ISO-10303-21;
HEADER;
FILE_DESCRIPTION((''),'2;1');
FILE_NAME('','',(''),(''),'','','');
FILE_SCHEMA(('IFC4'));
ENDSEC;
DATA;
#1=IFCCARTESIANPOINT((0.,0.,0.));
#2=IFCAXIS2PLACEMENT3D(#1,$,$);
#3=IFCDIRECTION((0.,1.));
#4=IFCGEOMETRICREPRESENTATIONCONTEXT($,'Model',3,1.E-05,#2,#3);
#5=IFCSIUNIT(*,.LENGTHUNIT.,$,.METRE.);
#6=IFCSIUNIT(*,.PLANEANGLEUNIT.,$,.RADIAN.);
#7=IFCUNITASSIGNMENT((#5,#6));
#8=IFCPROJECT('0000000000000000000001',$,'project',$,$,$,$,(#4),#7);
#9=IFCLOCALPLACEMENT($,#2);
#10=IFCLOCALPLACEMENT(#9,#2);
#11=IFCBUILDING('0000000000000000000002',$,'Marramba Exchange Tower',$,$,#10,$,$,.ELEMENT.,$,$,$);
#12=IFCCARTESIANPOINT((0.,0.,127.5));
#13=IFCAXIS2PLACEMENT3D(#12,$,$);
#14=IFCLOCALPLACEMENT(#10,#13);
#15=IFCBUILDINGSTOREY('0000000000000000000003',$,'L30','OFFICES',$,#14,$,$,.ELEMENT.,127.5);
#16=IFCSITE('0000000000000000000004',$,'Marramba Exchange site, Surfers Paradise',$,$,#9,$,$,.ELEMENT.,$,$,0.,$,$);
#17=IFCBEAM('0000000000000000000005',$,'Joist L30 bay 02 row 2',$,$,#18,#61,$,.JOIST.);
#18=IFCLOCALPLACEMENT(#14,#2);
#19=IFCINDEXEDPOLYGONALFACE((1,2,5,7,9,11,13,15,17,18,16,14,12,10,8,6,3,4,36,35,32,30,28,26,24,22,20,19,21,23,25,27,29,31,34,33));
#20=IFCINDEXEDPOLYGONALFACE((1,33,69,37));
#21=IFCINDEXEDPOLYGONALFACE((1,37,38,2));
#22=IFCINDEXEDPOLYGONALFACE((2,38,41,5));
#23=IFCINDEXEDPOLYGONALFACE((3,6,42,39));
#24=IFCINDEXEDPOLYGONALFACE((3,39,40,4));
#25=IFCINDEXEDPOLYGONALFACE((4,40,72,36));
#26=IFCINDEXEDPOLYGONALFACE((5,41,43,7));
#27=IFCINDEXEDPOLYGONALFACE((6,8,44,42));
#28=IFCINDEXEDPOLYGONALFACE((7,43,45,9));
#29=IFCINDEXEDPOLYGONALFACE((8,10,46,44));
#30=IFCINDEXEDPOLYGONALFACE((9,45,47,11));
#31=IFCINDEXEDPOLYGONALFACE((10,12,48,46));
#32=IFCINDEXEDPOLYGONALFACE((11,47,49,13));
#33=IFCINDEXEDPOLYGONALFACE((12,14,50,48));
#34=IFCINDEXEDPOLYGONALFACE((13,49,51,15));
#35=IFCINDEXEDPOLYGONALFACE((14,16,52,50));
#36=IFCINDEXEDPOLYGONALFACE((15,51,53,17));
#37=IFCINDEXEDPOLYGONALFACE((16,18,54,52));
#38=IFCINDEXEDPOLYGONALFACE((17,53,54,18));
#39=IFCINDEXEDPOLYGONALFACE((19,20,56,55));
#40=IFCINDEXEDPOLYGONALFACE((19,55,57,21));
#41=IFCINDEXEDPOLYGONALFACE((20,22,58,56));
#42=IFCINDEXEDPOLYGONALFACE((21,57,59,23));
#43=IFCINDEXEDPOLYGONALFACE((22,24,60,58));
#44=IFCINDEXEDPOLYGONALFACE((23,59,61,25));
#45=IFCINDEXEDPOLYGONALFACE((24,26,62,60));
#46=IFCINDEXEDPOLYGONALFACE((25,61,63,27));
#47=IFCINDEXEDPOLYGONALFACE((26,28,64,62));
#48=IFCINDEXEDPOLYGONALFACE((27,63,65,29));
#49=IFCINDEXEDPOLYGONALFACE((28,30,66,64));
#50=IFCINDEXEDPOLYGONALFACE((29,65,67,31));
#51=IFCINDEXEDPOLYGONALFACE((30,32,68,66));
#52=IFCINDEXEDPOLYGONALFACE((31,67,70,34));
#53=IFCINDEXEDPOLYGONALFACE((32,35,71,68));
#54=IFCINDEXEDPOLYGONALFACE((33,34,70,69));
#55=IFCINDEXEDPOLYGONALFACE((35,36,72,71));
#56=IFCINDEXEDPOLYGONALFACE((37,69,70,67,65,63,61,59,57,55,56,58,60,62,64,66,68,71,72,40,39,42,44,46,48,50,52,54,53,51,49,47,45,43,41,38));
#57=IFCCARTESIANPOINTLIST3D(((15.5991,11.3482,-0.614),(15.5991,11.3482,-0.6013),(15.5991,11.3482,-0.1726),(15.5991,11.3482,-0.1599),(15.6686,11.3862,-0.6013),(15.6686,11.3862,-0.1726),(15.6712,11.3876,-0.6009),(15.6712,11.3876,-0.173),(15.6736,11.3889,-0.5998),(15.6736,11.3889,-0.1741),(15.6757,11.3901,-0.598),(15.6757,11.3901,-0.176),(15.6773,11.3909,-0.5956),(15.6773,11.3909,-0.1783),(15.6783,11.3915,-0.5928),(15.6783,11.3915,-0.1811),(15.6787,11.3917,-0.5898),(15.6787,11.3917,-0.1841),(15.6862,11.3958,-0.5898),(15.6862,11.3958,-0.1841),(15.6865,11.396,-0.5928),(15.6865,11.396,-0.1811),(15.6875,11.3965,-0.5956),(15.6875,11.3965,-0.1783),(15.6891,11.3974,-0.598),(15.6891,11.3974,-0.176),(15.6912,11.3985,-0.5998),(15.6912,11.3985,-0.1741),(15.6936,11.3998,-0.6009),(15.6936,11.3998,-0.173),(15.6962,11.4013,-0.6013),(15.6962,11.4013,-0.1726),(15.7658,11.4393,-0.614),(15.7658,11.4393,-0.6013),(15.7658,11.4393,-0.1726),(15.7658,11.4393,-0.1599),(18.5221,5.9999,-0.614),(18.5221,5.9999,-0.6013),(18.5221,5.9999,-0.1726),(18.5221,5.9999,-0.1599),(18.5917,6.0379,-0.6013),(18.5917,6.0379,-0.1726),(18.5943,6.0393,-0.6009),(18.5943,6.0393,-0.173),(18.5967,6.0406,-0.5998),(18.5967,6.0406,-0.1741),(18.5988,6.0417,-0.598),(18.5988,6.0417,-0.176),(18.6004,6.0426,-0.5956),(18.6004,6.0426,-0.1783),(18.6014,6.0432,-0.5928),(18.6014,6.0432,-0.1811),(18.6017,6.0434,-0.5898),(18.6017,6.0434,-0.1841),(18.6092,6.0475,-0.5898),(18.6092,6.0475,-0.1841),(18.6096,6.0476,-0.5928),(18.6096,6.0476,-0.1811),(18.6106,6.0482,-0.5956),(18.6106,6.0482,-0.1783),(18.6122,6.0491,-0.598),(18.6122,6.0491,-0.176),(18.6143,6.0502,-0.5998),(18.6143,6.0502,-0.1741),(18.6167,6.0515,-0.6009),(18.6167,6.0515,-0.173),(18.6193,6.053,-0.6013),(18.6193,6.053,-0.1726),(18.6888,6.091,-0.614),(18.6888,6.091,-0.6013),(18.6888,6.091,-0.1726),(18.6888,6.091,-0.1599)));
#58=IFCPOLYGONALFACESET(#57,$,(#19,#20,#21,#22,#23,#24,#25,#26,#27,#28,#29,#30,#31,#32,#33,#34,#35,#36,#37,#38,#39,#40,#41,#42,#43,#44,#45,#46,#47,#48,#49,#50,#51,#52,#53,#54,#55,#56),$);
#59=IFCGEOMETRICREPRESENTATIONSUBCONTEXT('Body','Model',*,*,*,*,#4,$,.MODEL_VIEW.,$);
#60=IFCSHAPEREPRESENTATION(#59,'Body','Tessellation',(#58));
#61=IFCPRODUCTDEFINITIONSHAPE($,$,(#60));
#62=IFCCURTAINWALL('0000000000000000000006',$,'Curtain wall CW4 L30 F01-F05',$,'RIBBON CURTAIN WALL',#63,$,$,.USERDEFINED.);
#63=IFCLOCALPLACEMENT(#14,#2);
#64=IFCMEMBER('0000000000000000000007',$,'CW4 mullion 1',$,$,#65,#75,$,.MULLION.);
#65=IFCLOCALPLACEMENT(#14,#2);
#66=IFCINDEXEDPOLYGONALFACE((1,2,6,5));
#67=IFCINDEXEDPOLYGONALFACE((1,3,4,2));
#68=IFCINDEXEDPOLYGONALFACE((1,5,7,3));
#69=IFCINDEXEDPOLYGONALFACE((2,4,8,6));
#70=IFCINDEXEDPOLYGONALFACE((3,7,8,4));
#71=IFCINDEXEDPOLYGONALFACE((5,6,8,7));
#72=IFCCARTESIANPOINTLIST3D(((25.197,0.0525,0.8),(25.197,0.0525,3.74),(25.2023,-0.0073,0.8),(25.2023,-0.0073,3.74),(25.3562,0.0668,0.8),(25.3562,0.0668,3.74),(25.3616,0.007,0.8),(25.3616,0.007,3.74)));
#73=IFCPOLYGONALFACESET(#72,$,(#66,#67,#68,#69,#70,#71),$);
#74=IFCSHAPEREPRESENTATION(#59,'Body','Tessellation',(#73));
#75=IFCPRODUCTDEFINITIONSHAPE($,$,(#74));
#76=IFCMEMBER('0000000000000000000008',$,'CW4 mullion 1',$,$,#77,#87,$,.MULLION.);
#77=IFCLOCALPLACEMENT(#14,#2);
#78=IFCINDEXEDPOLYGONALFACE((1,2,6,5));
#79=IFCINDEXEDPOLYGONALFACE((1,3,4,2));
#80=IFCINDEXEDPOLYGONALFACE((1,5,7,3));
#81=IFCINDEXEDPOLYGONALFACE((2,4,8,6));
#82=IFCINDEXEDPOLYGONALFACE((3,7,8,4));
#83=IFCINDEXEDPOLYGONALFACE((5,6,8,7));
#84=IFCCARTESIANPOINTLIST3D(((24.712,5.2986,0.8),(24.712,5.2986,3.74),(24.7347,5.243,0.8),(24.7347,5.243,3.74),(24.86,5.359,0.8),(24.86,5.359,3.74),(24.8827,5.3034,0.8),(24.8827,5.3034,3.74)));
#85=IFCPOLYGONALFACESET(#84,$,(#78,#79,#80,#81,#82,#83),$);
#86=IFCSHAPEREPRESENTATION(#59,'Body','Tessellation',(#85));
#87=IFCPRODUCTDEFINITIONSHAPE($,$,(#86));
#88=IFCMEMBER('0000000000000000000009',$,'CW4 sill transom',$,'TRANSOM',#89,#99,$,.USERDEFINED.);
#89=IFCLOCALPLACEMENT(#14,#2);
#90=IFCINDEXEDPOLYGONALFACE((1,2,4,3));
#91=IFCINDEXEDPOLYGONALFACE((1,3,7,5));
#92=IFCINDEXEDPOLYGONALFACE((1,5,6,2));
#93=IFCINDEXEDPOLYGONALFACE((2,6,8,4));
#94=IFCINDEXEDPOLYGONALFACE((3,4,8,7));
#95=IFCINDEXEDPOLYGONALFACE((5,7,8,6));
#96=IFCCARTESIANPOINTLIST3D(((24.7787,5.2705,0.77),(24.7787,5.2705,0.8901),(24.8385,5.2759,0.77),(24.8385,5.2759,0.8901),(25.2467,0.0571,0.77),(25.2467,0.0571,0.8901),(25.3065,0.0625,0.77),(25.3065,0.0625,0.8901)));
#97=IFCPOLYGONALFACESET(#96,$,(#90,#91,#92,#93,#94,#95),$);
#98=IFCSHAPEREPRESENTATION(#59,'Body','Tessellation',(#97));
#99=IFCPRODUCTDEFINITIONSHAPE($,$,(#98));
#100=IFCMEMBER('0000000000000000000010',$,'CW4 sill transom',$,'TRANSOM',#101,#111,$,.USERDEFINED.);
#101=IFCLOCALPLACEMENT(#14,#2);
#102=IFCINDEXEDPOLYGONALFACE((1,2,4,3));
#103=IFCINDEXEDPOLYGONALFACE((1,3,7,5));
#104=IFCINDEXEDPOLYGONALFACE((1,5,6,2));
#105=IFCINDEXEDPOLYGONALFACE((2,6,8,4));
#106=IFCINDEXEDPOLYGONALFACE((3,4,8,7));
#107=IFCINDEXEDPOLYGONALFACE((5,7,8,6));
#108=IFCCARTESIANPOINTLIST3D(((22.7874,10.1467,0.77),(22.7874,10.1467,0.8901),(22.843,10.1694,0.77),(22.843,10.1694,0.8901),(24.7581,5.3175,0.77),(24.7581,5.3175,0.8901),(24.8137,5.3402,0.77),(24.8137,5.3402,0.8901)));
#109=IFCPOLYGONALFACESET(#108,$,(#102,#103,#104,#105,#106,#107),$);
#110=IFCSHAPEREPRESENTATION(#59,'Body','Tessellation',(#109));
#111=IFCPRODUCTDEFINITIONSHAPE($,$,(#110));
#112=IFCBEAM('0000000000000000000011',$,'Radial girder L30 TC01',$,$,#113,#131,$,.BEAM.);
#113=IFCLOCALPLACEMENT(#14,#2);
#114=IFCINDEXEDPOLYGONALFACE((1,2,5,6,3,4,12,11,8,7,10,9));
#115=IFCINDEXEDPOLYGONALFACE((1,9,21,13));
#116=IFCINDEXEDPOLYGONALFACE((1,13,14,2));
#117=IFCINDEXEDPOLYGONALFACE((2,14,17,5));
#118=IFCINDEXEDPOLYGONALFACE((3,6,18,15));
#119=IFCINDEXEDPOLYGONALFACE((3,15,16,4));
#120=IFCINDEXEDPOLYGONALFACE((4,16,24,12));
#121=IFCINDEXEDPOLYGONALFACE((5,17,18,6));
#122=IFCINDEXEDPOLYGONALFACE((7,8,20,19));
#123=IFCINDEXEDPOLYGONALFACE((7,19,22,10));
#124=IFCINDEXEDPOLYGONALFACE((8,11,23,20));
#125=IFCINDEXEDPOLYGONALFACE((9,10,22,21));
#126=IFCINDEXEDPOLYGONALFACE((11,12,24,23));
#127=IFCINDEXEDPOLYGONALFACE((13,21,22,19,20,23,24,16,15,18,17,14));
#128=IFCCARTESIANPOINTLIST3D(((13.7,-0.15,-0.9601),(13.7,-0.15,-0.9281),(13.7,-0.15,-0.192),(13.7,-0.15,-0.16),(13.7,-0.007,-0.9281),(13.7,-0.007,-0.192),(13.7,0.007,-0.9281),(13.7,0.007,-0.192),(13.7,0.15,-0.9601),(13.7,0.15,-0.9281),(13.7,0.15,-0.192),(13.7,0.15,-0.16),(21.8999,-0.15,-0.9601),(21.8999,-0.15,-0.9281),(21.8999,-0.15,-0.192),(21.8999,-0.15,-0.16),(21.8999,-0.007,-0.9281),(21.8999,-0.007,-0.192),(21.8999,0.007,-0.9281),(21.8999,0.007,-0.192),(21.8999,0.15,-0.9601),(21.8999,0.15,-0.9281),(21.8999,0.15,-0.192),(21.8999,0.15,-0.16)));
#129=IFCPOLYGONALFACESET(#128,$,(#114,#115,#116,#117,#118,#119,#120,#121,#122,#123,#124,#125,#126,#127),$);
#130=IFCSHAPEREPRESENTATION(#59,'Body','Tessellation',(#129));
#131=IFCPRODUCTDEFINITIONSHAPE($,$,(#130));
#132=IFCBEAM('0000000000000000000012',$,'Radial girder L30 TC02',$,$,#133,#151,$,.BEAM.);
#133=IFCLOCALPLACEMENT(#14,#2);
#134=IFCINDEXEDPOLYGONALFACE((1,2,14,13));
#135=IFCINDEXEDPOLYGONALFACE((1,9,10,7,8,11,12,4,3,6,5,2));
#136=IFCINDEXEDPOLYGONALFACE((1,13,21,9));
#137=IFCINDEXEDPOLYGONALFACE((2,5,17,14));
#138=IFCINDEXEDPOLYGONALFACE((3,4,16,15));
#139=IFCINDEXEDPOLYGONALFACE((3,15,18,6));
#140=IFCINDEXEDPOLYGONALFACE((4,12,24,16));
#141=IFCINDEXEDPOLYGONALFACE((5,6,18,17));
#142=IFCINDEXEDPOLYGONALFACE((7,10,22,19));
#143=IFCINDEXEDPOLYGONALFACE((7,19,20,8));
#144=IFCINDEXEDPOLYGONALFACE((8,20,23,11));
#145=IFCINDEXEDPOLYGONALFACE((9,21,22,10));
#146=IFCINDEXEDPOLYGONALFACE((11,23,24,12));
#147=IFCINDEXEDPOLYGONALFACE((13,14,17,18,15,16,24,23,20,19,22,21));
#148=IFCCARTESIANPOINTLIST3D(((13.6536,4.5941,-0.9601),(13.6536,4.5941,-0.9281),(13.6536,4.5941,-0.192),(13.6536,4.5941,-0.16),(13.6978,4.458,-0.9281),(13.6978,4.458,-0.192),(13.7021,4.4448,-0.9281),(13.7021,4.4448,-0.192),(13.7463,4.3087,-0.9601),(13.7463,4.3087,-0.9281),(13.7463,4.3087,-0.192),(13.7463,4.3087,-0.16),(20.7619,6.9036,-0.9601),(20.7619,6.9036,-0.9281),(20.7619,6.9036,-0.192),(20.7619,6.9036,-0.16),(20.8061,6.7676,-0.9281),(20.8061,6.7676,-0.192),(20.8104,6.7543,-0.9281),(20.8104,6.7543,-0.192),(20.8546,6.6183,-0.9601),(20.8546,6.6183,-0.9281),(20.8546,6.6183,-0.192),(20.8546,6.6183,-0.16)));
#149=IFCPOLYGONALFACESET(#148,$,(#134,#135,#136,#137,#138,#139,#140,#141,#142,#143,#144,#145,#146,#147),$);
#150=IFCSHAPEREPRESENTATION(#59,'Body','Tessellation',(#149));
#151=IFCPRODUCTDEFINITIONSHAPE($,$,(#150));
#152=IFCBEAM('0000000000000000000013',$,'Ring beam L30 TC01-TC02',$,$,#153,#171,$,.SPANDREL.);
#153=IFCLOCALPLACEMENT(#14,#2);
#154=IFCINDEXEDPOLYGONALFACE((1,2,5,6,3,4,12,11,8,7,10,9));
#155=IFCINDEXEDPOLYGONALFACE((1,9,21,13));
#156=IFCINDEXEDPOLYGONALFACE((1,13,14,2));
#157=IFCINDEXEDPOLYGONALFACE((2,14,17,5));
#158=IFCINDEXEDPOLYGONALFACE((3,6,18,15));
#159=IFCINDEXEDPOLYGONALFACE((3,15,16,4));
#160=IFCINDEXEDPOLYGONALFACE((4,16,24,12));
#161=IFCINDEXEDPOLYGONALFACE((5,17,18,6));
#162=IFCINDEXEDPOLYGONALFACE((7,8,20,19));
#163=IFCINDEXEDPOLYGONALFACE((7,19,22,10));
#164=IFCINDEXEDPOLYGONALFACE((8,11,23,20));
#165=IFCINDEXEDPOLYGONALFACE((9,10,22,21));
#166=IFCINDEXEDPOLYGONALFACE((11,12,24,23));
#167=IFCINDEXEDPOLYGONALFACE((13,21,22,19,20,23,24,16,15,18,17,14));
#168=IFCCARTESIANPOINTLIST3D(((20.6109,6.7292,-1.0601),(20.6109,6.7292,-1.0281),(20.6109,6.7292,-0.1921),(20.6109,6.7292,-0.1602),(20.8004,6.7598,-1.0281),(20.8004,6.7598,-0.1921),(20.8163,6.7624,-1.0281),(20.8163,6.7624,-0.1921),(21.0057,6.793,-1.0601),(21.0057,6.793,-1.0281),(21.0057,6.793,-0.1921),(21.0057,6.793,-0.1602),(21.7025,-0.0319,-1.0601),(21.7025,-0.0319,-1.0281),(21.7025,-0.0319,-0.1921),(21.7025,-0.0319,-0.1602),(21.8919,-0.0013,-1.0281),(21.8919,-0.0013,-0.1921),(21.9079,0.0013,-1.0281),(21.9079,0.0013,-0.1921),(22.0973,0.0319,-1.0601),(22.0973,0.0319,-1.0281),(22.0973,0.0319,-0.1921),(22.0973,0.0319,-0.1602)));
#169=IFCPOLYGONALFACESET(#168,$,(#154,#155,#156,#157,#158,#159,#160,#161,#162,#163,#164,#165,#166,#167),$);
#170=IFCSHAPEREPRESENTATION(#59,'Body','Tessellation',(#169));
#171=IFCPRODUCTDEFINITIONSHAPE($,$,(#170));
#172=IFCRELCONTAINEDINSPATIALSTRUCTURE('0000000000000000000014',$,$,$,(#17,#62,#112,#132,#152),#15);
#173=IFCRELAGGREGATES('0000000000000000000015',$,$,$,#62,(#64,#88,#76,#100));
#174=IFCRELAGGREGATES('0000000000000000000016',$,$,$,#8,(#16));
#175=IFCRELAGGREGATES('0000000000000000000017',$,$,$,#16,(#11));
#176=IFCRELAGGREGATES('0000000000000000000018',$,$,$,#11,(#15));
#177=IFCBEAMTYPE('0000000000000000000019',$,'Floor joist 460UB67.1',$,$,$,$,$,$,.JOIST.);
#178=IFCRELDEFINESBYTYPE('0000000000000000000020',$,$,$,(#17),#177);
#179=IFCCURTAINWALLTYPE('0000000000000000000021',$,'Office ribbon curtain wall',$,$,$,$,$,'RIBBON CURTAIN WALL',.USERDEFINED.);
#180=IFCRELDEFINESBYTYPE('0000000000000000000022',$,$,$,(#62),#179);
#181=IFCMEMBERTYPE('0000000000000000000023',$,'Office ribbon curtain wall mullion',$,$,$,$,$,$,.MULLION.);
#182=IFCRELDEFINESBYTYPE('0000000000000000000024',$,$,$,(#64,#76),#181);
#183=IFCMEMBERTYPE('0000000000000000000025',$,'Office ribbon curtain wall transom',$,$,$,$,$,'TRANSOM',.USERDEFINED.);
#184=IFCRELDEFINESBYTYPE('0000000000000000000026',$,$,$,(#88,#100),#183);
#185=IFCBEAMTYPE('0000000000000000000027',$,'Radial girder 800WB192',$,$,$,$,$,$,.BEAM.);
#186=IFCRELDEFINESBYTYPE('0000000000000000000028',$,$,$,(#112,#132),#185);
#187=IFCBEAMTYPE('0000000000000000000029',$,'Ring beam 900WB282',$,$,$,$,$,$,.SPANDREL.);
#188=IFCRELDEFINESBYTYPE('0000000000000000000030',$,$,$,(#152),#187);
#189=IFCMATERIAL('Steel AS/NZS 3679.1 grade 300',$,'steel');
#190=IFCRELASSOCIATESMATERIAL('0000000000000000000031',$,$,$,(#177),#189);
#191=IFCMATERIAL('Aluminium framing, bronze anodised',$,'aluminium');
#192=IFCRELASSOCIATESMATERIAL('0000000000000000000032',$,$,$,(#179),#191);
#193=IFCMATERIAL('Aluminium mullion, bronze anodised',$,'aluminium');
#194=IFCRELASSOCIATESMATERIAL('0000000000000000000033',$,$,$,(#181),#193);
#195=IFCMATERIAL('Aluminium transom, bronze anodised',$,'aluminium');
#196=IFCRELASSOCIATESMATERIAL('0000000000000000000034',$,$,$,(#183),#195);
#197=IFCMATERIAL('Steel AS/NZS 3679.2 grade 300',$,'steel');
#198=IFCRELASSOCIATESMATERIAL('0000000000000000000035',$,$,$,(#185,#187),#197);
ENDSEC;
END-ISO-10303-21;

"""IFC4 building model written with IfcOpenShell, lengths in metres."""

from ifc_helpers import new_model, si_unit, direction, frame, origin, origin_2d, place, context, subcontext, project, spatial, rectangle, i_section, extrude, material, material_profile, profile_set, type_object, element, aggregate, save


model = new_model("IFC4")

# Units and contexts
model_context = context("Model", 3, precision=1e-05, world=origin(), true_north=direction((0.0, 1.0)))
body_context = subcontext(model_context, "Body", "Model", "MODEL_VIEW")
ifc_project = project(units=[si_unit("LENGTHUNIT", "METRE"), si_unit("PLANEANGLEUNIT", "RADIAN")], contexts=[model_context])

# Site, building, storey
site_placement = place(None, origin())
site = spatial("IfcSite", under=ifc_project, at=site_placement, Name="Marramba Exchange site, Surfers Paradise", CompositionType="ELEMENT", RefElevation=0.0)
building_placement = place(site_placement, origin())
building = spatial("IfcBuilding", under=site, at=building_placement, Name="Marramba Exchange Tower", CompositionType="ELEMENT")
storey_placement = place(building_placement, frame((0.0, 0.0, 127.5)))
storey = spatial("IfcBuildingStorey", under=building, at=storey_placement, Name="L30", Description="OFFICES", CompositionType="ELEMENT", Elevation=127.5)

# Beam
ifc_material_1 = material(Name="Steel AS/NZS 3679.2 grade 300", Category="steel")
ifc_material_2 = material(Name="Steel AS/NZS 3679.1 grade 300", Category="steel")
ifc_material_profile_1 = material_profile(ifc_material_2, i_section(OverallWidth=0.1899, OverallDepth=0.4541, WebThickness=0.0085, FlangeThickness=0.0127, FilletRadius=0.0115, at=origin_2d()), Name="460UB67.1")
ifc_profile_set_1 = profile_set([ifc_material_profile_1], Name="Steel AS/NZS 3679.1 grade 300")
beam_type_1 = type_object("IfcBeamType", Name="Floor joist 460UB67.1", PredefinedType="JOIST", material=ifc_profile_set_1)
beam_1_placement = place(storey_placement, frame((18.6055, 6.0454, -0.387), z_axis=(-0.479584, 0.877496, 0.0), x_axis=(-0.877496, -0.479584, 0.0)))
element("IfcBeam", 1, at=beam_1_placement, inside=storey, type_object=beam_type_1, Name="Joist L30 bay 02 row 2", PredefinedType="JOIST", context=body_context, shape_type="SweptSolid", body=[
    extrude(i_section(OverallWidth=0.1899, OverallDepth=0.4541, WebThickness=0.0085, FlangeThickness=0.0127, FilletRadius=0.0115, at=origin_2d()), origin(), (0.0, 0.0, 1.0), 6.095),
])

# Curtain wall, members
ifc_material_3 = material(Name="Aluminium framing, bronze anodised", Category="aluminium")
curtain_wall_type = type_object("IfcCurtainWallType", Name="Office ribbon curtain wall", ElementType="RIBBON CURTAIN WALL", PredefinedType="USERDEFINED", material=ifc_material_3)
curtain_wall_placement = place(storey_placement, origin())
curtain_wall = element("IfcCurtainWall", 2, at=curtain_wall_placement, inside=storey, type_object=curtain_wall_type, Name="Curtain wall CW4 L30 F01-F05", ObjectType="RIBBON CURTAIN WALL", PredefinedType="USERDEFINED")
ifc_material_4 = material(Name="Aluminium mullion, bronze anodised", Category="aluminium")
ifc_material_profile_2 = material_profile(ifc_material_4, rectangle(XDim=0.1599, YDim=0.0601, at=origin_2d()), Name="CW4 mullion 60x160")
ifc_profile_set_2 = profile_set([ifc_material_profile_2], Name="Aluminium mullion, bronze anodised")
member_type_1 = type_object("IfcMemberType", Name="Office ribbon curtain wall mullion", PredefinedType="MULLION", material=ifc_profile_set_2)
member_1_placement = place(storey_placement, frame((25.2793, 0.0298, 0.8), z_axis=(0.0, 0.0, 1.0), x_axis=(-0.995995, -0.089413, 0.0)))
member_1 = element("IfcMember", 3, at=member_1_placement, type_object=member_type_1, Name="CW4 mullion 1", PredefinedType="MULLION", context=body_context, shape_type="SweptSolid", body=[
    extrude(rectangle(XDim=0.1599, YDim=0.0601, at=origin_2d()), origin(), (0.0, 0.0, 1.0), 2.9399),
])
member_2_placement = place(storey_placement, frame((24.7974, 5.301, 0.8), z_axis=(0.0, 0.0, 1.0), x_axis=(-0.925879, -0.377821, 0.0)))
member_2 = element("IfcMember", 4, at=member_2_placement, type_object=member_type_1, Name="CW4 mullion 1", PredefinedType="MULLION", context=body_context, shape_type="SweptSolid", body=[
    extrude(rectangle(XDim=0.1599, YDim=0.0601, at=origin_2d()), origin(), (0.0, 0.0, 1.0), 2.9399),
])
ifc_material_5 = material(Name="Aluminium transom, bronze anodised", Category="aluminium")
ifc_material_profile_3 = material_profile(ifc_material_5, rectangle(XDim=0.0601, YDim=0.1201, at=origin_2d()), Name="CW4 transom 60x120")
ifc_profile_set_3 = profile_set([ifc_material_profile_3], Name="Aluminium transom, bronze anodised")
member_type_2 = type_object("IfcMemberType", Name="Office ribbon curtain wall transom", ElementType="TRANSOM", PredefinedType="USERDEFINED", material=ifc_profile_set_3)
member_3_placement = place(storey_placement, frame((25.2766, 0.0598, 0.8301), z_axis=(-0.089413, 0.995995, 0.0), x_axis=(-0.995995, -0.089413, 0.0)))
member_3 = element("IfcMember", 5, at=member_3_placement, type_object=member_type_2, Name="CW4 sill transom", ObjectType="TRANSOM", PredefinedType="USERDEFINED", context=body_context, shape_type="SweptSolid", body=[
    extrude(rectangle(XDim=0.0601, YDim=0.1201, at=origin_2d()), origin(), (0.0, 0.0, 1.0), 5.2344),
])
member_4_placement = place(storey_placement, frame((24.7859, 5.3289, 0.8301), z_axis=(-0.377838, 0.925872, 0.0), x_axis=(-0.925872, -0.377838, 0.0)))
member_4 = element("IfcMember", 6, at=member_4_placement, type_object=member_type_2, Name="CW4 sill transom", ObjectType="TRANSOM", PredefinedType="USERDEFINED", context=body_context, shape_type="SweptSolid", body=[
    extrude(rectangle(XDim=0.0601, YDim=0.1201, at=origin_2d()), origin(), (0.0, 0.0, 1.0), 5.2158),
])

# Beams
ifc_material_profile_4 = material_profile(ifc_material_1, i_section(OverallWidth=0.3, OverallDepth=0.8, WebThickness=0.0139, FlangeThickness=0.032, at=origin_2d()), Name="800WB192")
ifc_profile_set_4 = profile_set([ifc_material_profile_4], Name="Steel AS/NZS 3679.2 grade 300")
beam_type_2 = type_object("IfcBeamType", Name="Radial girder 800WB192", PredefinedType="BEAM", material=ifc_profile_set_4)
beam_2_placement = place(storey_placement, frame((13.7, 0.0, -0.5601), z_axis=(1.0, 0.0, 0.0), x_axis=(0.0, 1.0, 0.0)))
element("IfcBeam", 7, at=beam_2_placement, inside=storey, type_object=beam_type_2, Name="Radial girder L30 TC01", PredefinedType="BEAM", context=body_context, shape_type="SweptSolid", body=[
    extrude(i_section(OverallWidth=0.3, OverallDepth=0.8, WebThickness=0.0139, FlangeThickness=0.032, at=origin_2d()), origin(), (0.0, 0.0, 1.0), 8.2),
])
beam_3_placement = place(storey_placement, frame((13.7, 4.4514, -0.5601), z_axis=(0.95106, 0.309006, 0.0), x_axis=(-0.309006, 0.95106, 0.0)))
element("IfcBeam", 8, at=beam_3_placement, inside=storey, type_object=beam_type_2, Name="Radial girder L30 TC02", PredefinedType="BEAM", context=body_context, shape_type="SweptSolid", body=[
    extrude(i_section(OverallWidth=0.3, OverallDepth=0.8, WebThickness=0.0139, FlangeThickness=0.032, at=origin_2d()), origin(), (0.0, 0.0, 1.0), 7.4741),
])
ifc_material_profile_5 = material_profile(ifc_material_1, i_section(OverallWidth=0.3999, OverallDepth=0.8999, WebThickness=0.0161, FlangeThickness=0.032, at=origin_2d()), Name="900WB282")
ifc_profile_set_5 = profile_set([ifc_material_profile_5], Name="Steel AS/NZS 3679.2 grade 300")
beam_type_3 = type_object("IfcBeamType", Name="Ring beam 900WB282", PredefinedType="SPANDREL", material=ifc_profile_set_5)
beam_4_placement = place(storey_placement, frame((21.8999, 0.0, -0.6101), z_axis=(-0.159385, 0.987217, 0.0), x_axis=(-0.987217, -0.159385, 0.0)))
element("IfcBeam", 9, at=beam_4_placement, inside=storey, type_object=beam_type_3, Name="Ring beam L30 TC01-TC02", PredefinedType="SPANDREL", context=body_context, shape_type="SweptSolid", body=[
    extrude(i_section(OverallWidth=0.3999, OverallDepth=0.8999, WebThickness=0.0161, FlangeThickness=0.032, at=origin_2d()), origin(), (0.0, 0.0, 1.0), 6.8486),
])

aggregate(curtain_wall, [member_1, member_3, member_2, member_4])

save(model, "model.ifc")
